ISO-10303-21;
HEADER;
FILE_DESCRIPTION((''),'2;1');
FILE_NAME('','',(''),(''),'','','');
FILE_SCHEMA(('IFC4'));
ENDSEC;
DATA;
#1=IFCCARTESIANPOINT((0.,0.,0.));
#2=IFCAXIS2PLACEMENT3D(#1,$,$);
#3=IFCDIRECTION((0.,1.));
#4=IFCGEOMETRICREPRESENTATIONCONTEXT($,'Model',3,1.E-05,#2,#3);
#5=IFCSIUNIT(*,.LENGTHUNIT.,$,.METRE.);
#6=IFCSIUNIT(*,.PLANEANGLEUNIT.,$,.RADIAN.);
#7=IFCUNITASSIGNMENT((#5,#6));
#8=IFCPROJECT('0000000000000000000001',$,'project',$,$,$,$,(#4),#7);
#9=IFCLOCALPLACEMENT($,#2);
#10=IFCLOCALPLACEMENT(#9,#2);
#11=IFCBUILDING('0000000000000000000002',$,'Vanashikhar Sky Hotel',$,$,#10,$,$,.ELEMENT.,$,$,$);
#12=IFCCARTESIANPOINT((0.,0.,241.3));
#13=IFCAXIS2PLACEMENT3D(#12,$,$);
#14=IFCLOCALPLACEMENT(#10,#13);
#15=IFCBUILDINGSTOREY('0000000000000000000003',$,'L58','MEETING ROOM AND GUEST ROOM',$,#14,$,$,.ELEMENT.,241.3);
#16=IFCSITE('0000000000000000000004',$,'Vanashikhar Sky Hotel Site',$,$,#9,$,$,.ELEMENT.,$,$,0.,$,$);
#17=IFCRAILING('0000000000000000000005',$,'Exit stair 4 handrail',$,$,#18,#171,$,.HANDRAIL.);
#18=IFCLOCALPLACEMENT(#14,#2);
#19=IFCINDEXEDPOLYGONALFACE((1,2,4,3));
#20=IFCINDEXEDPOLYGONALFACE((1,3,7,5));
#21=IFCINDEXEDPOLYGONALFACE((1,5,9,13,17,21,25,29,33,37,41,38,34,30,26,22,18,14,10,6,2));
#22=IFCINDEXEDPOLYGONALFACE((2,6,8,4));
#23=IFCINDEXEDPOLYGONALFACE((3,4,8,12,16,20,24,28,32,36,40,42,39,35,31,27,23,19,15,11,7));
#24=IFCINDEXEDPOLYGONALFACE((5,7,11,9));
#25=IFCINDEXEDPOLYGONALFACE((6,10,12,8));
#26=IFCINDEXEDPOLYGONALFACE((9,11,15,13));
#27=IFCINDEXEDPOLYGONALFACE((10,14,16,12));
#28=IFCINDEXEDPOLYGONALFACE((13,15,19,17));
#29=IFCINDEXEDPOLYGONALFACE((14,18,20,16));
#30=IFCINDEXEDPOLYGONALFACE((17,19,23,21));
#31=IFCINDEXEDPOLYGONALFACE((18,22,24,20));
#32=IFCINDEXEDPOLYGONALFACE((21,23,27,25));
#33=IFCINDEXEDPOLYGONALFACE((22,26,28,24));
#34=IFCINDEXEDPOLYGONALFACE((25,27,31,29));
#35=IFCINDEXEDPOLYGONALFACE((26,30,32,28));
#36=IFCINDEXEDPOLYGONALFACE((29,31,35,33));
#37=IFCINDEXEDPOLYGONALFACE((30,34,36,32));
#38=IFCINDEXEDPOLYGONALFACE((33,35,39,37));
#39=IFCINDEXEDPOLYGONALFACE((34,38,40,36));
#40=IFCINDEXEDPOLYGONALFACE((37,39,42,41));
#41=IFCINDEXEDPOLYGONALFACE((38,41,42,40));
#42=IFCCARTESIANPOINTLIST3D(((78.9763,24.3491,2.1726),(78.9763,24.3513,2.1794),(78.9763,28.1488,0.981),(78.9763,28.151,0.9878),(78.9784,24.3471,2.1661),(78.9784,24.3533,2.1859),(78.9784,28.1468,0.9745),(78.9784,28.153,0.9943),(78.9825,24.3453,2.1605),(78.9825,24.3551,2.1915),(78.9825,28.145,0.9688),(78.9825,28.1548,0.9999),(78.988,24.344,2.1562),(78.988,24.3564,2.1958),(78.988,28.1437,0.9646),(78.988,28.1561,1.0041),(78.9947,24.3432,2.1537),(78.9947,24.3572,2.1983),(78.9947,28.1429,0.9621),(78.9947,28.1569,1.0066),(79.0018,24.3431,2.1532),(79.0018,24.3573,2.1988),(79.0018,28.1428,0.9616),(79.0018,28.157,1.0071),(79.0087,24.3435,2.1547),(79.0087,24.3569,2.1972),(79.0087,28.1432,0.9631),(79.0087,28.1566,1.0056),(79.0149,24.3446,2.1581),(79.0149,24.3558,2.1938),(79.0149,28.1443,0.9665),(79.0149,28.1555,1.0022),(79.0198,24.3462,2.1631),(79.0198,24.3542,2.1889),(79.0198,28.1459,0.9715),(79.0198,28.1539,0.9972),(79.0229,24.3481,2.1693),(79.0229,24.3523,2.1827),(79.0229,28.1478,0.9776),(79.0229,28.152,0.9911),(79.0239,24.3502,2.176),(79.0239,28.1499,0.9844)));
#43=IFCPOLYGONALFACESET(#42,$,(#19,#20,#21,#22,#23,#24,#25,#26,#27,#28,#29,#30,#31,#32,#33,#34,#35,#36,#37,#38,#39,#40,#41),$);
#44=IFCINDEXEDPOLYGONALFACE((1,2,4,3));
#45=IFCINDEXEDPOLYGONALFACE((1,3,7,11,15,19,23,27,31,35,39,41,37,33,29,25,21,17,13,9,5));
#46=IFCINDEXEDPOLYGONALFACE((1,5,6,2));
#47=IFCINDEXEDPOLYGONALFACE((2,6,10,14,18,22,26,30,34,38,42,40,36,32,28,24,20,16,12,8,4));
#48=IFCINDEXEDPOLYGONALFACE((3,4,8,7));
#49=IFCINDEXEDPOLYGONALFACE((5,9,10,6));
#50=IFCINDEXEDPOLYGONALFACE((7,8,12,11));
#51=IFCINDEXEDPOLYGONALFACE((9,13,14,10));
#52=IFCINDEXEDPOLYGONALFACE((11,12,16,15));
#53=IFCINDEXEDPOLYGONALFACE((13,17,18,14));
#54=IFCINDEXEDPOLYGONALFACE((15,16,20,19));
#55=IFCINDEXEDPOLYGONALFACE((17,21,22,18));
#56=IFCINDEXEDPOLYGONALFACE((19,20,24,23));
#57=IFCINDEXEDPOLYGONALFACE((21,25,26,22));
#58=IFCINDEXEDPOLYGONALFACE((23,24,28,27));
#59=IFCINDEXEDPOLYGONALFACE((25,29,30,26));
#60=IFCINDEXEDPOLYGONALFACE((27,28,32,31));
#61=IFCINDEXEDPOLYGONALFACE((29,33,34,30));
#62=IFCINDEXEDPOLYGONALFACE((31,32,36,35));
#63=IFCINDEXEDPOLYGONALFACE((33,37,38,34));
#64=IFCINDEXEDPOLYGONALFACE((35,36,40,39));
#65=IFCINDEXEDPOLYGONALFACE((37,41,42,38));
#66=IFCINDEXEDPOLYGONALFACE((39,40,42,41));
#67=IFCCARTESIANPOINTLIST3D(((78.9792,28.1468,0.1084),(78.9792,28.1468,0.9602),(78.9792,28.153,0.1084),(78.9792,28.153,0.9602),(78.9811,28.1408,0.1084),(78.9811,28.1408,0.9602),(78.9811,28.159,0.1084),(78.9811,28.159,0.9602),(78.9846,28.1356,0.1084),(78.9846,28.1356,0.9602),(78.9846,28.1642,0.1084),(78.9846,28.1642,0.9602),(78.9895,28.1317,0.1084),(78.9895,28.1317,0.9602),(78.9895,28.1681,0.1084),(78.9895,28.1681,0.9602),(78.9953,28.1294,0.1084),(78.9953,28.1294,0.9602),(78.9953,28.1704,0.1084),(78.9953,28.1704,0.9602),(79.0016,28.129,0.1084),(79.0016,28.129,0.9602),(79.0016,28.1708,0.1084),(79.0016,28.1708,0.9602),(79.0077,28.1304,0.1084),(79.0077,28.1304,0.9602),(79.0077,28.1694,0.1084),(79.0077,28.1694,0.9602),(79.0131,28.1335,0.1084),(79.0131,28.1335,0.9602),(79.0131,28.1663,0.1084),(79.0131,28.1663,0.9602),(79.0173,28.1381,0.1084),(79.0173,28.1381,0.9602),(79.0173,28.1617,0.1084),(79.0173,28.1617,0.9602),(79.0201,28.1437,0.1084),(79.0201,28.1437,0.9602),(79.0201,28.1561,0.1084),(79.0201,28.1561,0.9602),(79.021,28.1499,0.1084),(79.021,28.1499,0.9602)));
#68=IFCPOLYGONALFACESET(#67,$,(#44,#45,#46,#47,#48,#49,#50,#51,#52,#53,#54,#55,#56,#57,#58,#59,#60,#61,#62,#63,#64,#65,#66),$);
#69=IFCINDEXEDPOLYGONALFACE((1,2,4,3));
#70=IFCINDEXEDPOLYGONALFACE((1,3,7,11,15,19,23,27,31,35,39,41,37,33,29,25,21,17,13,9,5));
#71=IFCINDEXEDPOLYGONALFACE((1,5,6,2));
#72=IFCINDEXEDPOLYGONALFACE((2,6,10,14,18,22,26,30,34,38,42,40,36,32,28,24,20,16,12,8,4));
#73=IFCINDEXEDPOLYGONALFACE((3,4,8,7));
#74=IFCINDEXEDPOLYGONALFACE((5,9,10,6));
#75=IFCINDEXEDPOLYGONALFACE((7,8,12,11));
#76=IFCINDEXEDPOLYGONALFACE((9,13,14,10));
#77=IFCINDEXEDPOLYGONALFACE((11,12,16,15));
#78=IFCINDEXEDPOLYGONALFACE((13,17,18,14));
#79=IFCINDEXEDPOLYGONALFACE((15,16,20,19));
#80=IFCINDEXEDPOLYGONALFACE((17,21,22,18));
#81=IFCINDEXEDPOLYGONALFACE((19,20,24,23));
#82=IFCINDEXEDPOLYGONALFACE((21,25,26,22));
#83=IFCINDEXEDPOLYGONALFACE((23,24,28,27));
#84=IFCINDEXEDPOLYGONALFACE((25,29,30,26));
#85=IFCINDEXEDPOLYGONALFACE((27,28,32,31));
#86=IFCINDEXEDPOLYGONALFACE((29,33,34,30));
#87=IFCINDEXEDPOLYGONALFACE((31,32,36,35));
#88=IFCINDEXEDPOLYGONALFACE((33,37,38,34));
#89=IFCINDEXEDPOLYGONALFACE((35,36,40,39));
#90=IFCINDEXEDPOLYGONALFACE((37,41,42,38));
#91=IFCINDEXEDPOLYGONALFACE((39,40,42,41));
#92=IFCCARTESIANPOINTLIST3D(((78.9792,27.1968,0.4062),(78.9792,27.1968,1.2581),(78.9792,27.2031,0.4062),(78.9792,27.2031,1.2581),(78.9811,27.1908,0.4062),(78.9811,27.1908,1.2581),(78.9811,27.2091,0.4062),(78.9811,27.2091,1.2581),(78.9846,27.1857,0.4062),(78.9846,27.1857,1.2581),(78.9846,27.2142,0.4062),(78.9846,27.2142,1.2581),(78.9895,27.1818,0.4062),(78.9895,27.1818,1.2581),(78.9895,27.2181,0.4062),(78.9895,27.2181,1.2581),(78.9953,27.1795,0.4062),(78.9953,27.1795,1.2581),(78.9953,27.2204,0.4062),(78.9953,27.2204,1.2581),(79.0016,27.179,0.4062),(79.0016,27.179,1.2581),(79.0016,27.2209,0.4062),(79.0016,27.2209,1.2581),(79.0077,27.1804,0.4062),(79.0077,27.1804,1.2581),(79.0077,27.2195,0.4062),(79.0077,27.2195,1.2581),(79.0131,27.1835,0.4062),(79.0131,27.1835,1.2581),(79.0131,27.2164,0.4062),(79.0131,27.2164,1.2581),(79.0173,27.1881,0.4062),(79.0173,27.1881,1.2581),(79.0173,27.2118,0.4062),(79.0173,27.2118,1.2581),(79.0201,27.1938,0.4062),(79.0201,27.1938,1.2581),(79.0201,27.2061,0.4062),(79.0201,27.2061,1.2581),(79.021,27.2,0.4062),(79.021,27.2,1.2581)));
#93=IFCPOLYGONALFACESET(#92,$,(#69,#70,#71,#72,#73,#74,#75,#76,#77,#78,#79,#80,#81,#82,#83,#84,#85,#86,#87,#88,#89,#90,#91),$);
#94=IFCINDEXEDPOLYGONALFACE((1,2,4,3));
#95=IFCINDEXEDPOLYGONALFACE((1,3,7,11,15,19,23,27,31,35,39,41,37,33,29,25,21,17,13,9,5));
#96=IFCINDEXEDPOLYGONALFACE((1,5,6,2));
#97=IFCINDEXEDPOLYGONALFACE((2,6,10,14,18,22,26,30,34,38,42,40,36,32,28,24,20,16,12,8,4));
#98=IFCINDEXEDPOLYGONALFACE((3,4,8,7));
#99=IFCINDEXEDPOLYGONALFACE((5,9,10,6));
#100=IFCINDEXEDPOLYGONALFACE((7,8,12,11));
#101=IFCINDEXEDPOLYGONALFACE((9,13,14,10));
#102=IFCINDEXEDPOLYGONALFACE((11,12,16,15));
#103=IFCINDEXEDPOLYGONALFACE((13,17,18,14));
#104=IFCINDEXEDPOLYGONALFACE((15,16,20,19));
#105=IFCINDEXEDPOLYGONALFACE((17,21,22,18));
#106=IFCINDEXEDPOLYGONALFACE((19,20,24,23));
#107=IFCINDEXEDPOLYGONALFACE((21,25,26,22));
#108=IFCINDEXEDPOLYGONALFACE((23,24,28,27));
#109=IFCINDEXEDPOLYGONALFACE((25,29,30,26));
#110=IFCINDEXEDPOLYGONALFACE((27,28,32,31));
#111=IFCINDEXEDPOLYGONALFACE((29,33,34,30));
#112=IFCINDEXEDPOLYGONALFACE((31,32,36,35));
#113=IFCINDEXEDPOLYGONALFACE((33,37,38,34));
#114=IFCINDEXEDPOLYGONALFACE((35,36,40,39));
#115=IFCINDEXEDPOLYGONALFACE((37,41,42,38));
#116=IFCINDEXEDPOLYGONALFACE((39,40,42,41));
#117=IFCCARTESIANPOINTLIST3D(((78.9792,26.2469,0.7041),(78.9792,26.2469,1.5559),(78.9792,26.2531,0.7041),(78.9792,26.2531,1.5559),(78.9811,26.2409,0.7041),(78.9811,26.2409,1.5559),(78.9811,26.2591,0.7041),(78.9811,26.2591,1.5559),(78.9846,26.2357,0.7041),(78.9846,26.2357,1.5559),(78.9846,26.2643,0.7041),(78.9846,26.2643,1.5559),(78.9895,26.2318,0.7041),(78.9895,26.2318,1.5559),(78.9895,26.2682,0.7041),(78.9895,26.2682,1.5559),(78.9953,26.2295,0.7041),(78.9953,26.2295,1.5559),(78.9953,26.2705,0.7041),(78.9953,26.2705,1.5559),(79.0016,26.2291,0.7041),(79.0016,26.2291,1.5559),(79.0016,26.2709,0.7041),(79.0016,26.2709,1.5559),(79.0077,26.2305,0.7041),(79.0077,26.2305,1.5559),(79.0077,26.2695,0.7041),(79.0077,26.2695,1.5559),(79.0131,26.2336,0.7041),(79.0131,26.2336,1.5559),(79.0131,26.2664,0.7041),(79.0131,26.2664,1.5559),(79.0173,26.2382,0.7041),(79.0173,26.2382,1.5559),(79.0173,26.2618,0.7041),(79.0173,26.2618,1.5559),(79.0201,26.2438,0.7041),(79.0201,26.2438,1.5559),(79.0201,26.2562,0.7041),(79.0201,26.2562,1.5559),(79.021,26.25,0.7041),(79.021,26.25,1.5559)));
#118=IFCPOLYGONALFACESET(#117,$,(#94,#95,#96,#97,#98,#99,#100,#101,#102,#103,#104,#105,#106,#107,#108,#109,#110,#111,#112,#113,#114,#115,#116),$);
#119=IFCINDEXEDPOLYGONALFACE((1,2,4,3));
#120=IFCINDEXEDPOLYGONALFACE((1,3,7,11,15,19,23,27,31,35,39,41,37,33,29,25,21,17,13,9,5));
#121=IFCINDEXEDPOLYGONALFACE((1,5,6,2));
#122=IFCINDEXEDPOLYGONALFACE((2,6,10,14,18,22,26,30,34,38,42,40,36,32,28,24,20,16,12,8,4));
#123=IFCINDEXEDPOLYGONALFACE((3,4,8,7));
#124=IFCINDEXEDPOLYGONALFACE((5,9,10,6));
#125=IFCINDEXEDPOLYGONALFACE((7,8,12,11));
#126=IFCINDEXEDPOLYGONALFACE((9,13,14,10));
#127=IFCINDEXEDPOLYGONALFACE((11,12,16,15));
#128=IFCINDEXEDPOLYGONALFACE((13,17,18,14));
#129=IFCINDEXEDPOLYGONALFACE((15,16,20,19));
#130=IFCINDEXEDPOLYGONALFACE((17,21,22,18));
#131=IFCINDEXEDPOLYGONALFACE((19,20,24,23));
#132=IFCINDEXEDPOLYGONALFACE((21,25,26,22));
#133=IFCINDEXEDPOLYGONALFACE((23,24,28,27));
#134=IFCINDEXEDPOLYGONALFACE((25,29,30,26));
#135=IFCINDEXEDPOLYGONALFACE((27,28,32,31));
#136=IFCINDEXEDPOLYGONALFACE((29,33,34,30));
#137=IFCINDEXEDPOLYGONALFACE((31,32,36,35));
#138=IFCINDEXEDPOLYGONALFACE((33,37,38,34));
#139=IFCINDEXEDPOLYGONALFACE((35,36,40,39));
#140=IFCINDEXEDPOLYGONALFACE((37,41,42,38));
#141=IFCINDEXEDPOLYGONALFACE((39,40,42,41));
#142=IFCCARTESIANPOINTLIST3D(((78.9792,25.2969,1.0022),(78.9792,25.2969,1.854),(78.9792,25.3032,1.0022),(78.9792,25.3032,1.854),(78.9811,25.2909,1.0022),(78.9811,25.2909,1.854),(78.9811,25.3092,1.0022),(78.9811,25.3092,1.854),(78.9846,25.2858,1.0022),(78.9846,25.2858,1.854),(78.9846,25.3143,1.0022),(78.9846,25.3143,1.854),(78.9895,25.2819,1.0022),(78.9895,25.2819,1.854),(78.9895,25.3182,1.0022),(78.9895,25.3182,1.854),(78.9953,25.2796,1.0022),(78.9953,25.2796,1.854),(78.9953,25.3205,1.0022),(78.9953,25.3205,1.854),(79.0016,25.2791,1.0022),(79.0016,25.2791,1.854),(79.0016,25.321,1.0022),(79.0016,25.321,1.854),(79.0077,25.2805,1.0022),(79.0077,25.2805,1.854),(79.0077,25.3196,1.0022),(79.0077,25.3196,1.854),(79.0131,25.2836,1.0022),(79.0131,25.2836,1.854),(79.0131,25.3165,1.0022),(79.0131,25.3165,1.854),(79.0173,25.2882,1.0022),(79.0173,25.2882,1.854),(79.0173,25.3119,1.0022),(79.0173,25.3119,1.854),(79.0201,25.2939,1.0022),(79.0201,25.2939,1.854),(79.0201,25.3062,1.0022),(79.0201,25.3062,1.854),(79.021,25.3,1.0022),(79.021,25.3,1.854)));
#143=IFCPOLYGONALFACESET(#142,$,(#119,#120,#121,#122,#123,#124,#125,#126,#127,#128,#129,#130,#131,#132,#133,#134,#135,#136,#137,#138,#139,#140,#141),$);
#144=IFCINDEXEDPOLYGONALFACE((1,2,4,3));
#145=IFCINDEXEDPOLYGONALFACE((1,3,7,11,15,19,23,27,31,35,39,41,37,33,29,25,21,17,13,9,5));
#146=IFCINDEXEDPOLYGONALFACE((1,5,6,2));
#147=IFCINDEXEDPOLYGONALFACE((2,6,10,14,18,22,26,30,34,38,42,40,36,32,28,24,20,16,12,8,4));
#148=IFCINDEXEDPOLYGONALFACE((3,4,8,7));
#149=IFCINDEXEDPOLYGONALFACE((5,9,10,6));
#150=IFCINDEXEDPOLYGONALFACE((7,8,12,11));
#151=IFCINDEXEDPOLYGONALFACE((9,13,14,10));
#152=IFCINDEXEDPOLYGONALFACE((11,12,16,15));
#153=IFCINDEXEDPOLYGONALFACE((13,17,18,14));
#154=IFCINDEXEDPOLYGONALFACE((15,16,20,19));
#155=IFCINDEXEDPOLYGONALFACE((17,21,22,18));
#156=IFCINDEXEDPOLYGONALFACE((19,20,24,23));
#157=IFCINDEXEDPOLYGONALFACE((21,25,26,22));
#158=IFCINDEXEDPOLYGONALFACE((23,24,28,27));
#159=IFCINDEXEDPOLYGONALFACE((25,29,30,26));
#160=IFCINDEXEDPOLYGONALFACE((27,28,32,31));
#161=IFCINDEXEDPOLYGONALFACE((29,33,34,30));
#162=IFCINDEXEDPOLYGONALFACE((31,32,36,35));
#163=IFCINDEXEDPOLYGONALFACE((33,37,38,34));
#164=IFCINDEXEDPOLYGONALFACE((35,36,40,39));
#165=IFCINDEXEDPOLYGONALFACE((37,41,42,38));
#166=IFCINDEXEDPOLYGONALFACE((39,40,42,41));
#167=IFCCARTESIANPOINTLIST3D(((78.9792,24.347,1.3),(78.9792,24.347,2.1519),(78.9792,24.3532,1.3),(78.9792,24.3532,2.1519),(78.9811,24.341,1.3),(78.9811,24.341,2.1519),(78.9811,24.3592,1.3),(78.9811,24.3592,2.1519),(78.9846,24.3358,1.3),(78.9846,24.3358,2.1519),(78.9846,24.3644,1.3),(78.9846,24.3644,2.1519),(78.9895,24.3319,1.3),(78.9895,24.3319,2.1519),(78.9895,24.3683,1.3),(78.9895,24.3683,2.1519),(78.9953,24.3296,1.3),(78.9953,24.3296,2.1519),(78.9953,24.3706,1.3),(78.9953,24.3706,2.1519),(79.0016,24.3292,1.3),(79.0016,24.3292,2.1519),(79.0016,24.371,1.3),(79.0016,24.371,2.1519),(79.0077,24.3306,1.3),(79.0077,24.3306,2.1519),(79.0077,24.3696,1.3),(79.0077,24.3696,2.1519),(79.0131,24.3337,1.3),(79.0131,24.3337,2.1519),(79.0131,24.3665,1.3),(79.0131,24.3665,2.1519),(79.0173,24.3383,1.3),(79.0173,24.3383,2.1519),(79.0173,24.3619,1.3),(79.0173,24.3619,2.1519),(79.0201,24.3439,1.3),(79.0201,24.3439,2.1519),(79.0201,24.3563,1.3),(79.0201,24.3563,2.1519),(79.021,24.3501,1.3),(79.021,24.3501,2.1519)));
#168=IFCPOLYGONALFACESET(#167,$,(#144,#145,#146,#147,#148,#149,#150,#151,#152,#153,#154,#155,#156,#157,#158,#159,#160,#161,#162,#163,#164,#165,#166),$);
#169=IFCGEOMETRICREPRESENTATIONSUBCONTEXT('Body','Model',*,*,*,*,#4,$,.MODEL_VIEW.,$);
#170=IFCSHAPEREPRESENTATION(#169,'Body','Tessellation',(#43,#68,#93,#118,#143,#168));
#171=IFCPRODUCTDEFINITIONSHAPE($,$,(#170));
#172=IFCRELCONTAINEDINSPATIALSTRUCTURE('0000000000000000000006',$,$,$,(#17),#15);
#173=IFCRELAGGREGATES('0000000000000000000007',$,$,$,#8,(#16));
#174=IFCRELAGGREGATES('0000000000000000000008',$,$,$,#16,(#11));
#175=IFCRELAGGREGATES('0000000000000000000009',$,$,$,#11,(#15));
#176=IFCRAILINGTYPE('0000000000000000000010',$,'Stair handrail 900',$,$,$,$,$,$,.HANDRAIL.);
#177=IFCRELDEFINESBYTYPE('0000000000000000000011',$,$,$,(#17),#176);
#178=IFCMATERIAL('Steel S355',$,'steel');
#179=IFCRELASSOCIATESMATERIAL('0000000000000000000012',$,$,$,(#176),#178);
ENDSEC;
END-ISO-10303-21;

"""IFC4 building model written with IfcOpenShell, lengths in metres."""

from ifc_helpers import new_model, si_unit, direction, frame, origin, origin_2d, place, context, subcontext, project, spatial, circle, extrude, source, transform, mapped, material, type_object, element, save


model = new_model("IFC4")

# Units and contexts
model_context = context("Model", 3, precision=1e-05, world=origin(), true_north=direction((0.0, 1.0)))
body_context = subcontext(model_context, "Body", "Model", "MODEL_VIEW")
ifc_project = project(units=[si_unit("LENGTHUNIT", "METRE"), si_unit("PLANEANGLEUNIT", "RADIAN")], contexts=[model_context])

# Site, building, storey
site_placement = place(None, origin())
site = spatial("IfcSite", under=ifc_project, at=site_placement, Name="Vanashikhar Sky Hotel Site", CompositionType="ELEMENT", RefElevation=0.0)
building_placement = place(site_placement, origin())
building = spatial("IfcBuilding", under=site, at=building_placement, Name="Vanashikhar Sky Hotel", CompositionType="ELEMENT")
storey_placement = place(building_placement, frame((0.0, 0.0, 241.3)))
storey = spatial("IfcBuildingStorey", under=building, at=storey_placement, Name="L58", Description="MEETING ROOM AND GUEST ROOM", CompositionType="ELEMENT", Elevation=241.3)

# Railing
ifc_material_1 = material(Name="Steel S355", Category="steel")
railing_type_1 = type_object("IfcRailingType", Name="Stair handrail 900", PredefinedType="HANDRAIL", material=ifc_material_1)
shared_shape_1 = source(origin(), body_context, "Body", "SweptSolid", [
    extrude(circle(Radius=0.0239, at=origin_2d()), frame((0.0, 0.0, 0.876), z_axis=(0.0, -0.954178, 0.299238), x_axis=(1.0, 0.0, 0.0)), (0.0, 0.0, 1.0), 3.9822),
    extrude(circle(Radius=0.021, at=origin_2d()), origin(), (0.0, 0.0, 1.0), 0.8518),
    extrude(circle(Radius=0.021, at=origin_2d()), frame((0.0, -0.95, 0.2979)), (0.0, 0.0, 1.0), 0.8518),
    extrude(circle(Radius=0.021, at=origin_2d()), frame((0.0, -1.8999, 0.5957)), (0.0, 0.0, 1.0), 0.8518),
    extrude(circle(Radius=0.021, at=origin_2d()), frame((0.0, -2.8499, 0.8938)), (0.0, 0.0, 1.0), 0.8518),
    extrude(circle(Radius=0.021, at=origin_2d()), frame((0.0, -3.7998, 1.1917)), (0.0, 0.0, 1.0), 0.8518),
])
for number, where, name in (
    (1, (79.0, 28.1499, 0.1084), "Exit stair 4 handrail"),
):
    element("IfcRailing", number, at=place(storey_placement, frame(where)), inside=storey, type_object=railing_type_1, Name=name, PredefinedType="HANDRAIL", context=body_context, shape_type="MappedRepresentation", body=[
        mapped(shared_shape_1, transform((0.0, 0.0, 0.0), scale=1.0)),
    ])

save(model, "model.ifc")
